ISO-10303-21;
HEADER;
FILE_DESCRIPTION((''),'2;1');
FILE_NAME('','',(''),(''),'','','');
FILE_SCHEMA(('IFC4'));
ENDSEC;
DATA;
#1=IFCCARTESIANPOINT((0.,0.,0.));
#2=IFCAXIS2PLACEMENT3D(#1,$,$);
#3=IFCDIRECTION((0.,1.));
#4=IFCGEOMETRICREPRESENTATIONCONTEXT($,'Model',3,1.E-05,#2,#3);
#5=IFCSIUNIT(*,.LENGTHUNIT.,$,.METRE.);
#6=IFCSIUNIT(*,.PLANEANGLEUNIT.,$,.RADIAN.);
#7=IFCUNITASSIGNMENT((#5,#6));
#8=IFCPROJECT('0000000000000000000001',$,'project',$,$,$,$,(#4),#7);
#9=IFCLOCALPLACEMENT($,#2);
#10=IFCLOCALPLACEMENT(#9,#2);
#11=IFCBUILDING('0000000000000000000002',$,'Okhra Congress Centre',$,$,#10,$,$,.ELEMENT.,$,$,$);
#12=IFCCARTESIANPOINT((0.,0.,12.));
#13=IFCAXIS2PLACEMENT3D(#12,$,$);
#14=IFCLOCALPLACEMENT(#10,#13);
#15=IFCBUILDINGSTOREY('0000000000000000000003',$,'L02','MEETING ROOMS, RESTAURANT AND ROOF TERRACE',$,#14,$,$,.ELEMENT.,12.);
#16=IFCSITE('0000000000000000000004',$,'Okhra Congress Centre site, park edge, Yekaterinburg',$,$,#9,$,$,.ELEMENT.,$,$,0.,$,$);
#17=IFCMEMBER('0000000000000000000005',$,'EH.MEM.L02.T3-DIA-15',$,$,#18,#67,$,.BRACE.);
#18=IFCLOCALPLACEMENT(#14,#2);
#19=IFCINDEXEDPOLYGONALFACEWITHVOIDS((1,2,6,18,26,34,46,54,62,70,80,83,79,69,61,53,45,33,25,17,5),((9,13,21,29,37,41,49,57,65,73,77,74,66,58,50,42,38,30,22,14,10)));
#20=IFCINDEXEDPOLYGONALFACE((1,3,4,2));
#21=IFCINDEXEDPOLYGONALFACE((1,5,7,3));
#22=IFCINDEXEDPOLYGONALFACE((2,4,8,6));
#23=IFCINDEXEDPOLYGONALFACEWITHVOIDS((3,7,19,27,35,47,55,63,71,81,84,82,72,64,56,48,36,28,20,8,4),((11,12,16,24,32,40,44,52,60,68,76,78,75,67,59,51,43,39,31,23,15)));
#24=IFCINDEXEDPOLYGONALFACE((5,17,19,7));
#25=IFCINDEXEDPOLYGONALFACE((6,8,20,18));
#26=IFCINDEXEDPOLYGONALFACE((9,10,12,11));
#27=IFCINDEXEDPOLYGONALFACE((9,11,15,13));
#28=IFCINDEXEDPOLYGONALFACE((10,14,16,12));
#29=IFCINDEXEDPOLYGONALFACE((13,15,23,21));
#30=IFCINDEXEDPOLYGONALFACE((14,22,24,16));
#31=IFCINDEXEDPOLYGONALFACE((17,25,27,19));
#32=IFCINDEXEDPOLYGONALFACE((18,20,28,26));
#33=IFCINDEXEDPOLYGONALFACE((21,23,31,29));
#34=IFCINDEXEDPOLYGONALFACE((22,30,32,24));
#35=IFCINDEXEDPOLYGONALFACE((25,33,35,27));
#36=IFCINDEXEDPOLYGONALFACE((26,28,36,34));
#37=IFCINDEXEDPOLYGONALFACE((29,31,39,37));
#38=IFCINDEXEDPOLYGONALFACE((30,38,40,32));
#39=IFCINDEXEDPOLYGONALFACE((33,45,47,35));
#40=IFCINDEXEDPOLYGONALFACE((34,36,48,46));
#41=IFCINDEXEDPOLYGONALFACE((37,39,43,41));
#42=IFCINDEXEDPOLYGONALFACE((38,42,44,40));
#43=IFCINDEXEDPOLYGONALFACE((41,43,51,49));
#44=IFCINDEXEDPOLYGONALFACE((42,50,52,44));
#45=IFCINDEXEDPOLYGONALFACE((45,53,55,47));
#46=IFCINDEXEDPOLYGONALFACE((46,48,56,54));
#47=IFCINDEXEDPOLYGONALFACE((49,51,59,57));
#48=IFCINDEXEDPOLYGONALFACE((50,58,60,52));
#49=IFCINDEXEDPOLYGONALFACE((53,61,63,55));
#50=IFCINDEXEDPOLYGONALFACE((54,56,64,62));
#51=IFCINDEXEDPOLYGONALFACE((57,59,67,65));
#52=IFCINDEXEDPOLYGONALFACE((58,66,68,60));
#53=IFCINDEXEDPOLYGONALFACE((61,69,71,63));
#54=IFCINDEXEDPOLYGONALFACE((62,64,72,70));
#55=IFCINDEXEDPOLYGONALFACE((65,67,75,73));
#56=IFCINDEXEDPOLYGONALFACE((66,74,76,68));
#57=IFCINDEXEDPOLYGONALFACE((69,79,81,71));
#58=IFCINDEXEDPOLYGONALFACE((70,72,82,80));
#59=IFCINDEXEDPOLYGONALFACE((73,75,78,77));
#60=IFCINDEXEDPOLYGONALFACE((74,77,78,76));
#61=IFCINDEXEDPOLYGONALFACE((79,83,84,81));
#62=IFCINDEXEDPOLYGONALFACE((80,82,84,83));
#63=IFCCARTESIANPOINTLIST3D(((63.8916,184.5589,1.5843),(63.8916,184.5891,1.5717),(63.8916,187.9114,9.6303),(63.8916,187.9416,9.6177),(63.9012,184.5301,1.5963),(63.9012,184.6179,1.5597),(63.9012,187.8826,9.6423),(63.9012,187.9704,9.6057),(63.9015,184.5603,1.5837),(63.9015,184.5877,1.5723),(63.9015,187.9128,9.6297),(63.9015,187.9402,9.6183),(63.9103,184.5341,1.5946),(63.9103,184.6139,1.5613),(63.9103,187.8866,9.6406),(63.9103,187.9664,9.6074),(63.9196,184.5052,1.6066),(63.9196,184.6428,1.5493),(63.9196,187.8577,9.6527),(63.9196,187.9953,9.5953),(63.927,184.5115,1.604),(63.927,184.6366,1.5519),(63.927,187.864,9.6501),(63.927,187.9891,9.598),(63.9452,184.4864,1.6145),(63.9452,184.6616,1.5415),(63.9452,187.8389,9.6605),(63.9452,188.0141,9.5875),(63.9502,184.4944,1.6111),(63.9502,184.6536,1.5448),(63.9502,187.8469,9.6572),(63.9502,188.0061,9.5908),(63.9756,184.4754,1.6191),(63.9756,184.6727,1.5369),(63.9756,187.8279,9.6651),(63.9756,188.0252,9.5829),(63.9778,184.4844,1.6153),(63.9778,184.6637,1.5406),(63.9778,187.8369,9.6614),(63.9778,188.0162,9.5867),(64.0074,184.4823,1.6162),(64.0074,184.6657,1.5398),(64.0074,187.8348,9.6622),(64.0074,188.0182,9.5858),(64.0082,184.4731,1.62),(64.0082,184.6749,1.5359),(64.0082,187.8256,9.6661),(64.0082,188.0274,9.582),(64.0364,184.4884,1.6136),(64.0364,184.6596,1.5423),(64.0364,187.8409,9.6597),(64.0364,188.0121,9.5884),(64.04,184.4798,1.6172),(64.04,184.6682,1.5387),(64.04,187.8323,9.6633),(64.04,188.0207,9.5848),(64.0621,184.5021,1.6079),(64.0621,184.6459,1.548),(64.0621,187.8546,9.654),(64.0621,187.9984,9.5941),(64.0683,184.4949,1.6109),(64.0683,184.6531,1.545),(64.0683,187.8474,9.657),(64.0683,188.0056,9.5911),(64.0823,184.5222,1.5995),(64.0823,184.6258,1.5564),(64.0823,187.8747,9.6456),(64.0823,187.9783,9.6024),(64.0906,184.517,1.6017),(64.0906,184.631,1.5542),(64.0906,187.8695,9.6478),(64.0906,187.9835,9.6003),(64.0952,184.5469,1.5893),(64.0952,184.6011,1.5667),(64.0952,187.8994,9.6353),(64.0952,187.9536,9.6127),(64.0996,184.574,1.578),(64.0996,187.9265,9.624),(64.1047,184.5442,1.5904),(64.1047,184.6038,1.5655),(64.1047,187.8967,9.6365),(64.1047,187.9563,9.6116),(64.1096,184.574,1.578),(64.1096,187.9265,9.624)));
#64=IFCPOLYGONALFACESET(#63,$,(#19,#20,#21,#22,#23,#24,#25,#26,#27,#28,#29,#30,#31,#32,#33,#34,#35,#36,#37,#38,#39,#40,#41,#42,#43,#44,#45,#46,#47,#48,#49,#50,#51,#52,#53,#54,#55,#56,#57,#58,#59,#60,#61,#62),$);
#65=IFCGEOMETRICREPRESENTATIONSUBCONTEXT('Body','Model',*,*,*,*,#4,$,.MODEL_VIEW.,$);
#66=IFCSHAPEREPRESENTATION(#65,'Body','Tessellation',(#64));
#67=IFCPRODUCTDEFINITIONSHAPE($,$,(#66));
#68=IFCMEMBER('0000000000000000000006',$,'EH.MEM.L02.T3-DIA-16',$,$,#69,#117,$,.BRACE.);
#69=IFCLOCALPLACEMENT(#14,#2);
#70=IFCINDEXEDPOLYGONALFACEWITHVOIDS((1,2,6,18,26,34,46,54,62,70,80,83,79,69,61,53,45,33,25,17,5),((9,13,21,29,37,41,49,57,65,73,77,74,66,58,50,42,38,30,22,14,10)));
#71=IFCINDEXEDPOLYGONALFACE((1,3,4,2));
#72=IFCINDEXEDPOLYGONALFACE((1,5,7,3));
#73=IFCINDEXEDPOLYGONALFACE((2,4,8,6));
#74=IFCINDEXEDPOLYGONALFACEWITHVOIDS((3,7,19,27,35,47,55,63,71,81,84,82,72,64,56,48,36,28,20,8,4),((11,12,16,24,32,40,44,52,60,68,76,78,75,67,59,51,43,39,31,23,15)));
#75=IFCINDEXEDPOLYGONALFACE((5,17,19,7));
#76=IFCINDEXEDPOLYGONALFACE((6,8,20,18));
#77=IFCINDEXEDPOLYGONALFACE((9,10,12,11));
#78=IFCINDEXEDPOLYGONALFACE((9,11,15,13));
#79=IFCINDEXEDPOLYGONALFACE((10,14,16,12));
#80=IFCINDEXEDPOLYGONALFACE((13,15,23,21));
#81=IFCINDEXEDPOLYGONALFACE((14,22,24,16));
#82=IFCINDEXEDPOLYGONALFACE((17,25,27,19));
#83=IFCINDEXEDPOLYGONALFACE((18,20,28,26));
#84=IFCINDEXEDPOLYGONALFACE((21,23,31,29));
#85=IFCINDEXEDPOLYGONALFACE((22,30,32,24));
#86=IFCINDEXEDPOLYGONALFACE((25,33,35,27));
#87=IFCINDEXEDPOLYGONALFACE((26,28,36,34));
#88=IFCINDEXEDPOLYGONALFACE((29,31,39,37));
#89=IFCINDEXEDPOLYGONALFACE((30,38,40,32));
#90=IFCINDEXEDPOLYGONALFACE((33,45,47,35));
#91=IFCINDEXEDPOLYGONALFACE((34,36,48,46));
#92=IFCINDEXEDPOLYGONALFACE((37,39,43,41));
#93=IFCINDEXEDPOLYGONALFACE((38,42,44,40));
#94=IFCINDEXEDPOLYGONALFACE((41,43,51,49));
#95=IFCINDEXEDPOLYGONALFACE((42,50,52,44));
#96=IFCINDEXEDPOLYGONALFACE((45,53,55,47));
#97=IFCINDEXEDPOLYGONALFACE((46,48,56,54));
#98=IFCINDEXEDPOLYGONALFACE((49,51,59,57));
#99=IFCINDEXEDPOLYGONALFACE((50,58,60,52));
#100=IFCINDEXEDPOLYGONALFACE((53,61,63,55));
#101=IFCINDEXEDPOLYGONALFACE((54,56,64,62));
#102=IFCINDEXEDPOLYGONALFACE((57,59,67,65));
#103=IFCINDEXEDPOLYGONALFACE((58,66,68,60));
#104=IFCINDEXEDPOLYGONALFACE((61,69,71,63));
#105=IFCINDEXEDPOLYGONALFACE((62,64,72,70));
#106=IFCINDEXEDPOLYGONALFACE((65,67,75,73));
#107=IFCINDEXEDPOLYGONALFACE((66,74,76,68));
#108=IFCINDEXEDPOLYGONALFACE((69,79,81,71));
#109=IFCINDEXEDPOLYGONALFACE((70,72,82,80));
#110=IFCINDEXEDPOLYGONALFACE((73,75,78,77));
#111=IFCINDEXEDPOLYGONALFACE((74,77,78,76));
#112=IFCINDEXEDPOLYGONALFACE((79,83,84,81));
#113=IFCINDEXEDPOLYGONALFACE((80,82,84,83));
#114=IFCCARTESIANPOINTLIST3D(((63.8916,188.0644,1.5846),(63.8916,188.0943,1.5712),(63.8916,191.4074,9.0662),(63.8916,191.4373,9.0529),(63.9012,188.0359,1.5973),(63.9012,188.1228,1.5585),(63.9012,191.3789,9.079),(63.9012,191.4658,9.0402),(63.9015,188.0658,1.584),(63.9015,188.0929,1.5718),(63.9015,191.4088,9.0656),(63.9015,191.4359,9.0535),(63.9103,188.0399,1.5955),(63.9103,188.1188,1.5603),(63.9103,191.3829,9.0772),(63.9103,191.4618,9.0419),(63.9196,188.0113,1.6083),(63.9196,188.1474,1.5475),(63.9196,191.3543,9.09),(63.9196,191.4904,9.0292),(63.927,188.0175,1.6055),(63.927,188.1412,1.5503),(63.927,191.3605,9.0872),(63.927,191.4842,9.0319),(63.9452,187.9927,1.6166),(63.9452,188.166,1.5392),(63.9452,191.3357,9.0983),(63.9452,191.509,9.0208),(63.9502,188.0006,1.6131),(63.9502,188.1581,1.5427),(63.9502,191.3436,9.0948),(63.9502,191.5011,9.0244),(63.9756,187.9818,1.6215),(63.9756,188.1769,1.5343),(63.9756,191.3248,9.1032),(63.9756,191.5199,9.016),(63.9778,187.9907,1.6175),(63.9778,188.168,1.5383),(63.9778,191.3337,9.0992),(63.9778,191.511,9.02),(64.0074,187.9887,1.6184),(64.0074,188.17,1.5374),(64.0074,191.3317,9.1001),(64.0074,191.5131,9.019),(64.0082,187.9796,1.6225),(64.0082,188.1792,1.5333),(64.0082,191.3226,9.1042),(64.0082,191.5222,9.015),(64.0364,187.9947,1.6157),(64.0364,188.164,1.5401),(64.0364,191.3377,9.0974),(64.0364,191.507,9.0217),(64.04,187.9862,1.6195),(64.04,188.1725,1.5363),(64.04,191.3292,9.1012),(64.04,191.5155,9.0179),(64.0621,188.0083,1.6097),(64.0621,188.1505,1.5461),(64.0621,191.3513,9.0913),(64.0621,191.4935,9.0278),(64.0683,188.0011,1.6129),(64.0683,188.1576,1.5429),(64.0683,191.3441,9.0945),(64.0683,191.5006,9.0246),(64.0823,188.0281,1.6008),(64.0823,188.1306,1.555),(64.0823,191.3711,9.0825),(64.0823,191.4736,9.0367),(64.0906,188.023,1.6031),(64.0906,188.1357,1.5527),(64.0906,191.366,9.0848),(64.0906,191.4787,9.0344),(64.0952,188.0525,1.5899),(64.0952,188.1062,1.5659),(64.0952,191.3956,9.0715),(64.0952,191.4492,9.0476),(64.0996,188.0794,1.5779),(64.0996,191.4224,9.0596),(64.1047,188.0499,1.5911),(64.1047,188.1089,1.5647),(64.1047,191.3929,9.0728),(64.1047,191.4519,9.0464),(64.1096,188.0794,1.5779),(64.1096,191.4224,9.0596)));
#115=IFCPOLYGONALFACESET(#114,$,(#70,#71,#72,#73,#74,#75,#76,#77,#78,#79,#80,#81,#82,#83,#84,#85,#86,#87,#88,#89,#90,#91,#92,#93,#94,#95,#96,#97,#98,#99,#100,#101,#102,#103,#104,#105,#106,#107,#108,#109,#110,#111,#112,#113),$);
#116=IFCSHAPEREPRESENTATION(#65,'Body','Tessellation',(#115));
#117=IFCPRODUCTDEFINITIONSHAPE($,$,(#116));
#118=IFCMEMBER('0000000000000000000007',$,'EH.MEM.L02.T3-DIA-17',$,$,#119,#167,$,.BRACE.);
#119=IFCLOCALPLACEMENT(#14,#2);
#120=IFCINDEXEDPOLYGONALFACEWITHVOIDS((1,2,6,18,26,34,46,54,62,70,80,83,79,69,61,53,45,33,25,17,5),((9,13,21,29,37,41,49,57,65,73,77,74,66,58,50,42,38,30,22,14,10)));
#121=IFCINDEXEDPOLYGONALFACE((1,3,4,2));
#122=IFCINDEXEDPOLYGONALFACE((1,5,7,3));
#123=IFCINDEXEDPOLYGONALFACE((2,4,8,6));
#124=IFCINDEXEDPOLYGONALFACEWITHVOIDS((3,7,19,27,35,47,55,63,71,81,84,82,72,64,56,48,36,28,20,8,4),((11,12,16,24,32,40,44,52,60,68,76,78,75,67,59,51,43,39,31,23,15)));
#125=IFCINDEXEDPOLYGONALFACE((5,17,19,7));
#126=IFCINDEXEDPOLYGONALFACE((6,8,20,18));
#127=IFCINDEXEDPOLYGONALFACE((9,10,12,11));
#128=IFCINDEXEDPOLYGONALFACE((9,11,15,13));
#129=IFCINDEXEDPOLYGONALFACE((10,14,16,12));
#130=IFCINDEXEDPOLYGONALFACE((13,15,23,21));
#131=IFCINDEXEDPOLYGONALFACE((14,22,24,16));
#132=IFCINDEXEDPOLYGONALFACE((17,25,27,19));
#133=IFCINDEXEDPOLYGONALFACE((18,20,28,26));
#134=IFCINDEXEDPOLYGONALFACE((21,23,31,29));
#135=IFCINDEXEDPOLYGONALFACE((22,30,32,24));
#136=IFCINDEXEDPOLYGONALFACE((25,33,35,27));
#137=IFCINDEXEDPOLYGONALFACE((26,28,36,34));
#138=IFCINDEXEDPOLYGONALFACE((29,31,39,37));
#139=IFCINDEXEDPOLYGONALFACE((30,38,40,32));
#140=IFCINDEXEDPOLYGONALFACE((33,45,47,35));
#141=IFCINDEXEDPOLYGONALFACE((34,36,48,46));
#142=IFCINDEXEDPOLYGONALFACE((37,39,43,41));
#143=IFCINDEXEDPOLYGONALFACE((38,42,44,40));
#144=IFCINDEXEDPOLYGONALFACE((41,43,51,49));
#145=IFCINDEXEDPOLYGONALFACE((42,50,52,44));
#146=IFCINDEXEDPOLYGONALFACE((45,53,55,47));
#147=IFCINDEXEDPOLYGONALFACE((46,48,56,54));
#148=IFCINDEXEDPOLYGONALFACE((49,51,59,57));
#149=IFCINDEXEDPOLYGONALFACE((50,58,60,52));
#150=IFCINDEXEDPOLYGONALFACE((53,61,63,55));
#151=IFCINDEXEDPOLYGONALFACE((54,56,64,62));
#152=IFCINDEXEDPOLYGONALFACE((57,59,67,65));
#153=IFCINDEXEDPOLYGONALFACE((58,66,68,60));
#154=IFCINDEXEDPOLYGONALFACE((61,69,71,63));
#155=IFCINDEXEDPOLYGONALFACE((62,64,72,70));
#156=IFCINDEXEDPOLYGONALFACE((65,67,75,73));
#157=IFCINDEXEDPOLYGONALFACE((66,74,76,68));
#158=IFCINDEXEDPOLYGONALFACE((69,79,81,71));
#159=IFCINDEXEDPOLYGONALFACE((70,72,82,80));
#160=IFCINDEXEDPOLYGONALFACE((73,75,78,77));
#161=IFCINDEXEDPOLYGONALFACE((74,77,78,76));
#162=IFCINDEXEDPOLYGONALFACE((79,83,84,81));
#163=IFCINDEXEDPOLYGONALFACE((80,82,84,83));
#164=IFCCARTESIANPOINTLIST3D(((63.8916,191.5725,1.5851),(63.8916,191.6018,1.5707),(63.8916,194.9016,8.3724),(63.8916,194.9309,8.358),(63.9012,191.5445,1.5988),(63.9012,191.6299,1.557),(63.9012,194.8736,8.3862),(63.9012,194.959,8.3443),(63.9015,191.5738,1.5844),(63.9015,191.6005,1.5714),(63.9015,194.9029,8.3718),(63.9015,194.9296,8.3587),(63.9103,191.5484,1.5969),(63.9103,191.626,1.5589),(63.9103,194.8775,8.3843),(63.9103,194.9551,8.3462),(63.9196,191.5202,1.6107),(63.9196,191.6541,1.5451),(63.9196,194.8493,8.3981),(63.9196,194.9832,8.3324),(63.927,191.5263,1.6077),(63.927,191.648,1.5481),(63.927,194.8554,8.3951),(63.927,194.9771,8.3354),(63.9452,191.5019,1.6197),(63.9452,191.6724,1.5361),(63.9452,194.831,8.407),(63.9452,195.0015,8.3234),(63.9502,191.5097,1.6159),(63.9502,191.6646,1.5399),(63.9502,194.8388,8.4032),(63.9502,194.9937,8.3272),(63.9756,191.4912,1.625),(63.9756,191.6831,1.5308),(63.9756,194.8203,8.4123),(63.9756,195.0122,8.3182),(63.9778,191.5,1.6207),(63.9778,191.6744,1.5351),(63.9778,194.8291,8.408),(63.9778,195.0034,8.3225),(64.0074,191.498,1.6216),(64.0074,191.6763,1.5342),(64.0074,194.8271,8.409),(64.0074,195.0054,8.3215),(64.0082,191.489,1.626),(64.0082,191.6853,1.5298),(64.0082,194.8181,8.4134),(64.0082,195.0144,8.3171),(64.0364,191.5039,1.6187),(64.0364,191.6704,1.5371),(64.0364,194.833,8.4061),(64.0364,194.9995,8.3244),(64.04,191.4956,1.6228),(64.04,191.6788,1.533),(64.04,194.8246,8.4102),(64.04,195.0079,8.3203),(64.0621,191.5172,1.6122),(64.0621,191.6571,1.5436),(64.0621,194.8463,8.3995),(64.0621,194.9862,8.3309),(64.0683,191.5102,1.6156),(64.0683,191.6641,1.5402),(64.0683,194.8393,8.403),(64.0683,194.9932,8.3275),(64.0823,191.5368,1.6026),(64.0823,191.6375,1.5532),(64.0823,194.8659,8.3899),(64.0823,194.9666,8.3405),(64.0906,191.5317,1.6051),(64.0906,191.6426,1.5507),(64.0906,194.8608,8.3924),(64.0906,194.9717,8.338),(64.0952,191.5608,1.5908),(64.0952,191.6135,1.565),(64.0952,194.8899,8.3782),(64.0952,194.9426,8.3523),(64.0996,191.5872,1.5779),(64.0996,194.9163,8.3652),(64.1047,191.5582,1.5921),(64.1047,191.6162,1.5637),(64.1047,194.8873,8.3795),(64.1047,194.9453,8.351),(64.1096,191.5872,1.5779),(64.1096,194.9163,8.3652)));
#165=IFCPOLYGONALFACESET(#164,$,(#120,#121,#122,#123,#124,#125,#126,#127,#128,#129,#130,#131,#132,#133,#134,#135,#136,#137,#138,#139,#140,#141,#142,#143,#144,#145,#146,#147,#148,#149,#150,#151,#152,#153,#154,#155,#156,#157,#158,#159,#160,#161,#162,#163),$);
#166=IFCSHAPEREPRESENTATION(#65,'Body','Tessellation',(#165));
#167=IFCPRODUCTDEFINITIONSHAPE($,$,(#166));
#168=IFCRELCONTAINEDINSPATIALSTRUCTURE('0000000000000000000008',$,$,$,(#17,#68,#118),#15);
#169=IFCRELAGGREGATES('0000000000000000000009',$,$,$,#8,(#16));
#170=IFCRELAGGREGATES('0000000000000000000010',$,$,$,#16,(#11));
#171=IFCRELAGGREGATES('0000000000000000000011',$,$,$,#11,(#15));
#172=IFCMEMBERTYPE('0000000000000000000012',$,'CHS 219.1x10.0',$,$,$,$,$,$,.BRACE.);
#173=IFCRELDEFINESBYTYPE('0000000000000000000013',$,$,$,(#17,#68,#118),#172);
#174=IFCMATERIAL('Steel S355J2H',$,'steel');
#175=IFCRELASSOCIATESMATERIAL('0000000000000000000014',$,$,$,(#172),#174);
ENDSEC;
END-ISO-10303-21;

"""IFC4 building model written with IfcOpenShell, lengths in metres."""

from ifc_helpers import new_model, si_unit, direction, frame, origin, origin_2d, place, context, subcontext, project, spatial, hollow_circle, extrude, material, material_profile, profile_set, type_object, element, save


model = new_model("IFC4")

# Units and contexts
model_context = context("Model", 3, precision=1e-05, world=origin(), true_north=direction((0.0, 1.0)))
body_context = subcontext(model_context, "Body", "Model", "MODEL_VIEW")
ifc_project = project(units=[si_unit("LENGTHUNIT", "METRE"), si_unit("PLANEANGLEUNIT", "RADIAN")], contexts=[model_context])

# Site, building, storey
site_placement = place(None, origin())
site = spatial("IfcSite", under=ifc_project, at=site_placement, Name="Okhra Congress Centre site, park edge, Yekaterinburg", CompositionType="ELEMENT", RefElevation=0.0)
building_placement = place(site_placement, origin())
building = spatial("IfcBuilding", under=site, at=building_placement, Name="Okhra Congress Centre", CompositionType="ELEMENT")
storey_placement = place(building_placement, frame((0.0, 0.0, 12.0)))
storey = spatial("IfcBuildingStorey", under=building, at=storey_placement, Name="L02", Description="MEETING ROOMS, RESTAURANT AND ROOF TERRACE", CompositionType="ELEMENT", Elevation=12.0)

# Members
ifc_material_1 = material(Name="Steel S355J2H", Category="steel")
ifc_material_profile_1 = material_profile(ifc_material_1, hollow_circle(Radius=0.1096, WallThickness=0.01, at=origin_2d()), Name="CHS 219.1x10.0")
ifc_profile_set_1 = profile_set([ifc_material_profile_1], Name="Steel S355J2H")
member_type_1 = type_object("IfcMemberType", Name="CHS 219.1x10.0", PredefinedType="BRACE", material=ifc_profile_set_1)
member_1_placement = place(storey_placement, frame((64.0, 187.9265, 9.624), z_axis=(0.0, -0.384613, -0.923078), x_axis=(1.0, 0.0, 0.0)))
element("IfcMember", 1, at=member_1_placement, inside=storey, type_object=member_type_1, Name="EH.MEM.L02.T3-DIA-15", PredefinedType="BRACE", context=body_context, shape_type="SweptSolid", body=[
    extrude(hollow_circle(Radius=0.1096, WallThickness=0.01, at=origin_2d()), origin(), (0.0, 0.0, 1.0), 8.7166),
])
member_2_placement = place(storey_placement, frame((64.0, 191.4224, 9.0596), z_axis=(0.0, -0.407954, -0.913003), x_axis=(1.0, 0.0, 0.0)))
element("IfcMember", 2, at=member_2_placement, inside=storey, type_object=member_type_1, Name="EH.MEM.L02.T3-DIA-16", PredefinedType="BRACE", context=body_context, shape_type="SweptSolid", body=[
    extrude(hollow_circle(Radius=0.1096, WallThickness=0.01, at=origin_2d()), origin(), (0.0, 0.0, 1.0), 8.1946),
])
member_3_placement = place(storey_placement, frame((64.0, 194.9163, 8.3652), z_axis=(0.0, -0.440367, -0.897818), x_axis=(1.0, 0.0, 0.0)))
element("IfcMember", 3, at=member_3_placement, inside=storey, type_object=member_type_1, Name="EH.MEM.L02.T3-DIA-17", PredefinedType="BRACE", context=body_context, shape_type="SweptSolid", body=[
    extrude(hollow_circle(Radius=0.1096, WallThickness=0.01, at=origin_2d()), origin(), (0.0, 0.0, 1.0), 7.5598),
])

save(model, "model.ifc")
